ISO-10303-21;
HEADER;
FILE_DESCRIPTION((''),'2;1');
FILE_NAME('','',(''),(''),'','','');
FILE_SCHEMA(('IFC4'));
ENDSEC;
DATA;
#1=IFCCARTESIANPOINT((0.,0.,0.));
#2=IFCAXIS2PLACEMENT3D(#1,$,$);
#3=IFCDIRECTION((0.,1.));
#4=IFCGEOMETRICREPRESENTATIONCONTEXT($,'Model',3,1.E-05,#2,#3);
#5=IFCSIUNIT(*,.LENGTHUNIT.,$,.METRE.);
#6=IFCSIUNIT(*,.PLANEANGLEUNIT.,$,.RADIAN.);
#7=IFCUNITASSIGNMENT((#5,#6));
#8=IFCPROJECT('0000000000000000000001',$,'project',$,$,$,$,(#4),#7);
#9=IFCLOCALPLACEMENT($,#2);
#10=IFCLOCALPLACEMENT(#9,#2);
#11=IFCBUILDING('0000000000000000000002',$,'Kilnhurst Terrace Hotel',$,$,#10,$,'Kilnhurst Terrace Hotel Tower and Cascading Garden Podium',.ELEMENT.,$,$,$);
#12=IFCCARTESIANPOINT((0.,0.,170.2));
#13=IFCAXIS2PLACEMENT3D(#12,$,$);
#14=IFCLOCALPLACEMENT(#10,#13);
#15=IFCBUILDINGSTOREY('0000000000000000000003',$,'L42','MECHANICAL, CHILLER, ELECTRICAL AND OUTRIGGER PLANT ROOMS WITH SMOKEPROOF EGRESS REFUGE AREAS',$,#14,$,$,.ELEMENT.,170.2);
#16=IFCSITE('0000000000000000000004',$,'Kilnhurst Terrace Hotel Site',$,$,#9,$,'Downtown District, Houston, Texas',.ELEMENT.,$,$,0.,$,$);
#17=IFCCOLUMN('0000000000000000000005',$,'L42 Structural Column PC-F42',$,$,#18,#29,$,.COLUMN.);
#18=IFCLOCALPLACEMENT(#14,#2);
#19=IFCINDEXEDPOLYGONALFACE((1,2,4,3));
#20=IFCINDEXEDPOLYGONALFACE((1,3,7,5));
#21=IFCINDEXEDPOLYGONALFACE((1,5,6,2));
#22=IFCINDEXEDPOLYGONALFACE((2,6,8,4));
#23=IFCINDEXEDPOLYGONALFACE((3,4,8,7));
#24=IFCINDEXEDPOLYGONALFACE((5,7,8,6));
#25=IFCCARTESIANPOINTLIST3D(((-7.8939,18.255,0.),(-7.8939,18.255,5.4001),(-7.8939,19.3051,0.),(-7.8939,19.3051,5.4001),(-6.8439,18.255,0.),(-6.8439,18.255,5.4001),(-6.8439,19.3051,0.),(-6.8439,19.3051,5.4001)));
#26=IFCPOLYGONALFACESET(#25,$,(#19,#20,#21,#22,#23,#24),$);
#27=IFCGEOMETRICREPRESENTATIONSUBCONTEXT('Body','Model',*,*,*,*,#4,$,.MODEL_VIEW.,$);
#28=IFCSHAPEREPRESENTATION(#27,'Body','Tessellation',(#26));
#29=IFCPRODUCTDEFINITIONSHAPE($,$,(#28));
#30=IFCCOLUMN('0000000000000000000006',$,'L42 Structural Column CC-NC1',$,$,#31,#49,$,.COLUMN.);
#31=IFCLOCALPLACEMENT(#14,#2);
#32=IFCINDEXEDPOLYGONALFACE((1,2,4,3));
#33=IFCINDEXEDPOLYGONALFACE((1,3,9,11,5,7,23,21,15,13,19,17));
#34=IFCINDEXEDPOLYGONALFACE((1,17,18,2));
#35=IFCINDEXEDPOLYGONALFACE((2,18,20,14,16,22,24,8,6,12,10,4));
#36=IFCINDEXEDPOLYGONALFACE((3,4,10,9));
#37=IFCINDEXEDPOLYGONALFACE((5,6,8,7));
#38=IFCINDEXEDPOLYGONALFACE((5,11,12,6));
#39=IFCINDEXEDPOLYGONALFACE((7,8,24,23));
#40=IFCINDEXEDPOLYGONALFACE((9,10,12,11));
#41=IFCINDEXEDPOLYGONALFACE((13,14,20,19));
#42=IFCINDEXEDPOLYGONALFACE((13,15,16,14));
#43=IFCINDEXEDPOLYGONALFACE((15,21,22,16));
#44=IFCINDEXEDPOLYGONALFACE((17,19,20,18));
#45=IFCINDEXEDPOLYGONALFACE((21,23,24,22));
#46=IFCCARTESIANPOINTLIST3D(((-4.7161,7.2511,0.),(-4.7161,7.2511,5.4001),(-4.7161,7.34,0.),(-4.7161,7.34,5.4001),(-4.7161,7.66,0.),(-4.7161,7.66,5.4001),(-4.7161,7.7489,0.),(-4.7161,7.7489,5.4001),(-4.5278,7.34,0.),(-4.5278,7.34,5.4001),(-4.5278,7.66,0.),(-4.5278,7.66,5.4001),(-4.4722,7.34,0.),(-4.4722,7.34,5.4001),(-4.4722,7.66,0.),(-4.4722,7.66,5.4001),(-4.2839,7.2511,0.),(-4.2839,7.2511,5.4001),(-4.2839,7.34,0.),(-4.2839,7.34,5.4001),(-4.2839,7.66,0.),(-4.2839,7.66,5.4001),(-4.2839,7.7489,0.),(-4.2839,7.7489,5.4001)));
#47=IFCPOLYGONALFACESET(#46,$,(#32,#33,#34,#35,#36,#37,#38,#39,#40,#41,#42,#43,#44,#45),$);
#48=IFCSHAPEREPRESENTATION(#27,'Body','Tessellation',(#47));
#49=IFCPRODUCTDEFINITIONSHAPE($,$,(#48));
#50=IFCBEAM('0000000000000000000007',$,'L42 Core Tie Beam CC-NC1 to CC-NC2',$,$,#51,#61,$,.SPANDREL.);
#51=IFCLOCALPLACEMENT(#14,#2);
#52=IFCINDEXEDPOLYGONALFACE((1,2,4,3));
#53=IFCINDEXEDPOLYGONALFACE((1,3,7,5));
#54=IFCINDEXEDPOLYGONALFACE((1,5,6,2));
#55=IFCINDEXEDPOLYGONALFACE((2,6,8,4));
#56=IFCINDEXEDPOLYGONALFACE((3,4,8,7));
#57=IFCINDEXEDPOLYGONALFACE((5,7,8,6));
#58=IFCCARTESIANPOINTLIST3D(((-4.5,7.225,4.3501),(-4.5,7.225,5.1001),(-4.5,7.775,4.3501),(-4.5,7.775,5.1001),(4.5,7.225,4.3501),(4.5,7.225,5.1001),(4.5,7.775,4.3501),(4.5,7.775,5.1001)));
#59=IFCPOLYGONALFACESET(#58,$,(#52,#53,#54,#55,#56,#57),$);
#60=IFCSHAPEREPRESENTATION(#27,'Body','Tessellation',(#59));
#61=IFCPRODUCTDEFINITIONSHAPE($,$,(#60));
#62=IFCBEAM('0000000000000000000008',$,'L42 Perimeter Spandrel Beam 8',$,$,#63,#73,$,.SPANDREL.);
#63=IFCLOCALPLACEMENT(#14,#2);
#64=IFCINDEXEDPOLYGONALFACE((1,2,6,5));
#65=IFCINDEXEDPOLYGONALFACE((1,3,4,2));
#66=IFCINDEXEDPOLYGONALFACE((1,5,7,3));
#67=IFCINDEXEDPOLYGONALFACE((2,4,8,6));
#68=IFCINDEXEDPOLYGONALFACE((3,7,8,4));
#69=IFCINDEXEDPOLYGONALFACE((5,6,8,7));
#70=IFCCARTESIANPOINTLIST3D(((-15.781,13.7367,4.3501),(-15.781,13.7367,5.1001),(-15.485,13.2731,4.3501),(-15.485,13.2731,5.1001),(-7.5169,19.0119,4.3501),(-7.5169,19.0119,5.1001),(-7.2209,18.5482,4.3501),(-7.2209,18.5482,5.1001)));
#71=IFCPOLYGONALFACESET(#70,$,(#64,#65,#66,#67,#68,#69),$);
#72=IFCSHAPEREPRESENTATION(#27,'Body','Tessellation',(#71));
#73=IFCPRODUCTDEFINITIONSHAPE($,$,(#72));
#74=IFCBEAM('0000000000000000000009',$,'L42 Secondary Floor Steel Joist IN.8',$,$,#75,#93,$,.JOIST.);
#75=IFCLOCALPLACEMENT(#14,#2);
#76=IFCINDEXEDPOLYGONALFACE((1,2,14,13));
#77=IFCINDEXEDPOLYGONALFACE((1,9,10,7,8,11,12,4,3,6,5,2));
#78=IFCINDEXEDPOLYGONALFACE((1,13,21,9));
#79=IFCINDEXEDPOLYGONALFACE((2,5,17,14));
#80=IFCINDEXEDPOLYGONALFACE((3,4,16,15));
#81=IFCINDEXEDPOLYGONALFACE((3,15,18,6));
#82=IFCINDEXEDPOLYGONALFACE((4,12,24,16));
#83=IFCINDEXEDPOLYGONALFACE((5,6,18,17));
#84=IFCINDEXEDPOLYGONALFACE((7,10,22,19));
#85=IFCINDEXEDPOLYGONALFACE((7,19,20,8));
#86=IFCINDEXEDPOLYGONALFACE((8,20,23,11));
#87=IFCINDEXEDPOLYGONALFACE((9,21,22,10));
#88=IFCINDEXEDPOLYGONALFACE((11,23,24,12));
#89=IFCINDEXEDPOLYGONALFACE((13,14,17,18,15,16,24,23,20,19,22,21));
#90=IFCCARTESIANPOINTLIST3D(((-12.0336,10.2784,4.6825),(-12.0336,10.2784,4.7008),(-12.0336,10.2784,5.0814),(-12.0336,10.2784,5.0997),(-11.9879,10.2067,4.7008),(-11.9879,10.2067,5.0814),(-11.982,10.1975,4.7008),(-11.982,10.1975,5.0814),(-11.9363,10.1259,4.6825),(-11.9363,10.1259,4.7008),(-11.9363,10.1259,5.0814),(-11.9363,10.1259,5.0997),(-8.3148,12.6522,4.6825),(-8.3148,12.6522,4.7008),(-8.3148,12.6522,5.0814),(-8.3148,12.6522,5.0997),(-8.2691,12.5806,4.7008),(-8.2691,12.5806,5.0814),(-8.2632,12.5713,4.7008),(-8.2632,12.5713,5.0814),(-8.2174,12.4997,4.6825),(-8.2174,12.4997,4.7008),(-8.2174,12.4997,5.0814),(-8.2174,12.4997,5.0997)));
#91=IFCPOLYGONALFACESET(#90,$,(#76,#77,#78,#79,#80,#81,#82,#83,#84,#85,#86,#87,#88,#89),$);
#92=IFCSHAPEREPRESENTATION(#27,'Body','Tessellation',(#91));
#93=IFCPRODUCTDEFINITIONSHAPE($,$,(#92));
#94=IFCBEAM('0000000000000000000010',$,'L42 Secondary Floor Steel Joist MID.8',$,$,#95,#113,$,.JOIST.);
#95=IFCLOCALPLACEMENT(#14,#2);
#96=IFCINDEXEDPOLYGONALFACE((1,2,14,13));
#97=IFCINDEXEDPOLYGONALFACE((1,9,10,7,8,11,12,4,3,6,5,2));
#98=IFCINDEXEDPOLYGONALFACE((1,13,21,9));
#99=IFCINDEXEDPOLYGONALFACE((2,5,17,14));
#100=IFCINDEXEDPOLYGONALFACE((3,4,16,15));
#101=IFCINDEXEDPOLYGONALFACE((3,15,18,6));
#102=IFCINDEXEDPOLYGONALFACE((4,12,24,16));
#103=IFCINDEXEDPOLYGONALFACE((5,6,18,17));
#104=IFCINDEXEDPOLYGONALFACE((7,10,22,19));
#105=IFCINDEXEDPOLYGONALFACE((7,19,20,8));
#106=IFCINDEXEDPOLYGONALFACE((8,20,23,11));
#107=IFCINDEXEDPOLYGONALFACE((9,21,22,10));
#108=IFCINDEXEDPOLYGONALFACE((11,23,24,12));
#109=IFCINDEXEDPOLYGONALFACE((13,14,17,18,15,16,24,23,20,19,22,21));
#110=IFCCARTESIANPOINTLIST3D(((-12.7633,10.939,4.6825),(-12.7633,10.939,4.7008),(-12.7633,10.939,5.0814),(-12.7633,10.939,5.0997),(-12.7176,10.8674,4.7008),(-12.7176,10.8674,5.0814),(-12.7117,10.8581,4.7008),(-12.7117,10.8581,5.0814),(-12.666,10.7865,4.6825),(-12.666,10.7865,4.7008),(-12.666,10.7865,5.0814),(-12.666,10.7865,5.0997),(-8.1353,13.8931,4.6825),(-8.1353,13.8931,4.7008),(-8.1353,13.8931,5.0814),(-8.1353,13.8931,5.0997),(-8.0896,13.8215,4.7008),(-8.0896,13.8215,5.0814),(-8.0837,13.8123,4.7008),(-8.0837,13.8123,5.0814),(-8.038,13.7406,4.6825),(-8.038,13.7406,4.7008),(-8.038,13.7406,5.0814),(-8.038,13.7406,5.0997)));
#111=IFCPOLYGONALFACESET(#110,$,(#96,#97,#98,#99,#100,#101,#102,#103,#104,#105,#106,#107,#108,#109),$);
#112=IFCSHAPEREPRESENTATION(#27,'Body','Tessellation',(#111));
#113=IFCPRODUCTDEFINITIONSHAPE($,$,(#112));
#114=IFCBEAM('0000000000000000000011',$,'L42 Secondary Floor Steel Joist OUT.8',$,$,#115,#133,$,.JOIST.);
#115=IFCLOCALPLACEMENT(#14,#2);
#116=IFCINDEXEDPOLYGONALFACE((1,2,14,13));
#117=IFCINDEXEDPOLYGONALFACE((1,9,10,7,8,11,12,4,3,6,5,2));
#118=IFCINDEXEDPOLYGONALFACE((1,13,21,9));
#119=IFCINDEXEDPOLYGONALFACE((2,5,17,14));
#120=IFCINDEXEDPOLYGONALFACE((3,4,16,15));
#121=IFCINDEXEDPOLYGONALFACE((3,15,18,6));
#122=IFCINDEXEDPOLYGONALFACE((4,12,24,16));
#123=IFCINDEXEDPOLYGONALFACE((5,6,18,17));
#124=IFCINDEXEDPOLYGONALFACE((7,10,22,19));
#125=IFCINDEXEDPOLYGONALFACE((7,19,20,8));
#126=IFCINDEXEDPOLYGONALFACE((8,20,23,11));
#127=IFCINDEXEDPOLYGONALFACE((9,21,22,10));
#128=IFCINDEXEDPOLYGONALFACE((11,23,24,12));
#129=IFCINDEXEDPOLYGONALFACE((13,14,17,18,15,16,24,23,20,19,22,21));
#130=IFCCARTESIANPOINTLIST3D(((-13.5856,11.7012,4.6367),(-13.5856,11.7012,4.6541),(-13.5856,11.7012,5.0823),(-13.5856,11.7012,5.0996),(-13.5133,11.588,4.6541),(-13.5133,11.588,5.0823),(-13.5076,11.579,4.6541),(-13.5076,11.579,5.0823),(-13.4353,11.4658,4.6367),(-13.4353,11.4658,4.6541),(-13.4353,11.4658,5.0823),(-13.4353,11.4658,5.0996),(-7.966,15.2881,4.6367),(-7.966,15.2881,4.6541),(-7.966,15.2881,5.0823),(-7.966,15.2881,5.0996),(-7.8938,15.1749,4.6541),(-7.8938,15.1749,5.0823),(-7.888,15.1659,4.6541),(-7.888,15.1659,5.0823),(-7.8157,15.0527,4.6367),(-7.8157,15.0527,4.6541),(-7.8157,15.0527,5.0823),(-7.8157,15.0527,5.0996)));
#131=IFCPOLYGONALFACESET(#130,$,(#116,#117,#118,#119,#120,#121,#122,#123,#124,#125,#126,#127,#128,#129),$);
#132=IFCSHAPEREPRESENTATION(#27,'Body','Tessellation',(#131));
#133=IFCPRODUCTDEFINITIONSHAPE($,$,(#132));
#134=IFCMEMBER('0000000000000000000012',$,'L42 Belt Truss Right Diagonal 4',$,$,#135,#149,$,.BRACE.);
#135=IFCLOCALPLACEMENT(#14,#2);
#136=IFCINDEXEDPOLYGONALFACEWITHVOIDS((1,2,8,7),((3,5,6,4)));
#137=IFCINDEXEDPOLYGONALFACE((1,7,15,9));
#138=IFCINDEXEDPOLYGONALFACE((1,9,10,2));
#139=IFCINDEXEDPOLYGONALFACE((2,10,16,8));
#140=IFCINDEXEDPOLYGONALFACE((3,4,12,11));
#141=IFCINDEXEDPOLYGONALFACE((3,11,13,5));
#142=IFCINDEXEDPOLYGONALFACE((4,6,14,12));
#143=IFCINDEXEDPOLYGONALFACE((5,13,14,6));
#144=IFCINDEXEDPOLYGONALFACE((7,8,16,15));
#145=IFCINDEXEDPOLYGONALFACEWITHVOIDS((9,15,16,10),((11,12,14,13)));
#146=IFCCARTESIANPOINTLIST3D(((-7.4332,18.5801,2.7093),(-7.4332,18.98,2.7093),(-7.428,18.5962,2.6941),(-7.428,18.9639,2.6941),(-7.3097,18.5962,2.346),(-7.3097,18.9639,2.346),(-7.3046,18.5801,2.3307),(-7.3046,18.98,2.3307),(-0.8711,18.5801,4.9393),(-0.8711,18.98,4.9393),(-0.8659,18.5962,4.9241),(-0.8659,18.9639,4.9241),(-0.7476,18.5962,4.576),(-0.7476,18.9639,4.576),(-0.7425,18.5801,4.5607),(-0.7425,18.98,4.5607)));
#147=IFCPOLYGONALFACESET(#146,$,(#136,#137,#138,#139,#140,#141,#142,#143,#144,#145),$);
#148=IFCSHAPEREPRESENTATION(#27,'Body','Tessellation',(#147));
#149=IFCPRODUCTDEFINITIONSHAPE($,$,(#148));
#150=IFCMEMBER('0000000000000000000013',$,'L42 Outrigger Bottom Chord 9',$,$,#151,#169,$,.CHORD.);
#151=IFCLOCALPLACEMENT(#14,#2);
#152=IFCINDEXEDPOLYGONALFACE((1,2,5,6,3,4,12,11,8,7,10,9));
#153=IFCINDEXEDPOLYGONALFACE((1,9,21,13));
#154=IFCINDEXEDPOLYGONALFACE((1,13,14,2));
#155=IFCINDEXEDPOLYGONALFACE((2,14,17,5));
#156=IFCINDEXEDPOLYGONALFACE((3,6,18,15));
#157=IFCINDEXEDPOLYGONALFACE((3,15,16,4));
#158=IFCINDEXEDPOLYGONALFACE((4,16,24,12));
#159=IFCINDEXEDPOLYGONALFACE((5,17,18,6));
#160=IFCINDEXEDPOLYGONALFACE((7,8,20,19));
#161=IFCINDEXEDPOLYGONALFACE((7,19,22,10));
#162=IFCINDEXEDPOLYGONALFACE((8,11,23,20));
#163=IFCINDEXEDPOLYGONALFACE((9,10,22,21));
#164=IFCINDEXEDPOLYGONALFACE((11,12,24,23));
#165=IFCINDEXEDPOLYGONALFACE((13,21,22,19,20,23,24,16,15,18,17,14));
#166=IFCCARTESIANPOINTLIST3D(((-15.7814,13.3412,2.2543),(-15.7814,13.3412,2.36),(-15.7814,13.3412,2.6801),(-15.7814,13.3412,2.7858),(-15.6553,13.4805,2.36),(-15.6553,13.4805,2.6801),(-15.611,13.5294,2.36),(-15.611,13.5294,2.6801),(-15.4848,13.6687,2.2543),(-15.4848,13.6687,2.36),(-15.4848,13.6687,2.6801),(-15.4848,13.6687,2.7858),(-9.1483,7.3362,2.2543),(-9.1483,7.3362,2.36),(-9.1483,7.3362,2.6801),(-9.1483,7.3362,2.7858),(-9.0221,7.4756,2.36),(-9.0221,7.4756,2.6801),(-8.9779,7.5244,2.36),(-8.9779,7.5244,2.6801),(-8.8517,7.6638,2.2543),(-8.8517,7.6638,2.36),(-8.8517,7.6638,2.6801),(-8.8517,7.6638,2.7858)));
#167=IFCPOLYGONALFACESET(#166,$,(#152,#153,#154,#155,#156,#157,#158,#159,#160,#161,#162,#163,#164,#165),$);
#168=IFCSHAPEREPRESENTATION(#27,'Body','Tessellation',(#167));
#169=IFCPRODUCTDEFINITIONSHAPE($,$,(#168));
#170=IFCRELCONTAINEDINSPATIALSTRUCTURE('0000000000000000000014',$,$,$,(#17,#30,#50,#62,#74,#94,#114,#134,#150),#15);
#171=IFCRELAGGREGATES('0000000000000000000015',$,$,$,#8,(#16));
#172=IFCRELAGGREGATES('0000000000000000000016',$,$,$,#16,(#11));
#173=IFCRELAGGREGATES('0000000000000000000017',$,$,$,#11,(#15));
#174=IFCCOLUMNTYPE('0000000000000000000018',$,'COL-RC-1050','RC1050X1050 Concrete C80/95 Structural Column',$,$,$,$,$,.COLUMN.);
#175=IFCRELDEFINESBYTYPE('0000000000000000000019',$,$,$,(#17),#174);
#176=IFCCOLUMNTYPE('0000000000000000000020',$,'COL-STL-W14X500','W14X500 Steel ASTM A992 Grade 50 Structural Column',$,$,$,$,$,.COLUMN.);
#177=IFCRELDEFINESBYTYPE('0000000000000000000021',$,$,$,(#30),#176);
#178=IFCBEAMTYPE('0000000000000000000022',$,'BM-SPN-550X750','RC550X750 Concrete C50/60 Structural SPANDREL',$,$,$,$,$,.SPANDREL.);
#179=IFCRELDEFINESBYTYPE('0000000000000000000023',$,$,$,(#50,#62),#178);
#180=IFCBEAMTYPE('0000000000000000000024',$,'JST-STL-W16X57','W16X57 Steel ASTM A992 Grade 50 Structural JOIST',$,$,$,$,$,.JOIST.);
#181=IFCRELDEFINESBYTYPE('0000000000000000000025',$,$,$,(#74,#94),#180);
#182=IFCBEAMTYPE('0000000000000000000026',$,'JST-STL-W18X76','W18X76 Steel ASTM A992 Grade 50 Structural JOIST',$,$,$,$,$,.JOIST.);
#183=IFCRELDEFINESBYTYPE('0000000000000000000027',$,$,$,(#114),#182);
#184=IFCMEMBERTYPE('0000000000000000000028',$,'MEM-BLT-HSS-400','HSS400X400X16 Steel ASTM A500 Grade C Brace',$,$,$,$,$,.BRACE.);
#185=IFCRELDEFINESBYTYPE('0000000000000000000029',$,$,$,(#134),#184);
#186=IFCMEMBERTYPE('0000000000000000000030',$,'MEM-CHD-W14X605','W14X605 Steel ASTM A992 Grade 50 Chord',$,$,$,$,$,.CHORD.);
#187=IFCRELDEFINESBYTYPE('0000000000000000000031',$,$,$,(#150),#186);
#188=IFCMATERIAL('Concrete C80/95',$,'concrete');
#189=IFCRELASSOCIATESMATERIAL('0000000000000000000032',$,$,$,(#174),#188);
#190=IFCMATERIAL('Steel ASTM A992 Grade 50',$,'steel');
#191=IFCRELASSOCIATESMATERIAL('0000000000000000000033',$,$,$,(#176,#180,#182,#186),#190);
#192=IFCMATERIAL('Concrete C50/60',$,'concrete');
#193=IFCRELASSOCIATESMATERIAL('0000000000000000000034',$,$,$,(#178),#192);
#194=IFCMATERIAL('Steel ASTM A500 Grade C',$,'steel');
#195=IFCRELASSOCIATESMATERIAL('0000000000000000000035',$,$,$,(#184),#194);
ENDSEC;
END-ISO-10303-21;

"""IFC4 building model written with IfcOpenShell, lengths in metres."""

from ifc_helpers import new_model, si_unit, direction, frame, origin, origin_2d, place, context, subcontext, project, spatial, rectangle, hollow_rectangle, i_section, extrude, material, material_profile, profile_set, type_object, element, save


model = new_model("IFC4")

# Units and contexts
model_context = context("Model", 3, precision=1e-05, world=origin(), true_north=direction((0.0, 1.0)))
body_context = subcontext(model_context, "Body", "Model", "MODEL_VIEW")
ifc_project = project(units=[si_unit("LENGTHUNIT", "METRE"), si_unit("PLANEANGLEUNIT", "RADIAN")], contexts=[model_context])

# Site, building, storey
site_placement = place(None, origin())
site = spatial("IfcSite", under=ifc_project, at=site_placement, Name="Kilnhurst Terrace Hotel Site", LongName="Downtown District, Houston, Texas", CompositionType="ELEMENT", RefElevation=0.0)
building_placement = place(site_placement, origin())
building = spatial("IfcBuilding", under=site, at=building_placement, Name="Kilnhurst Terrace Hotel", LongName="Kilnhurst Terrace Hotel Tower and Cascading Garden Podium", CompositionType="ELEMENT")
storey_placement = place(building_placement, frame((0.0, 0.0, 170.2)))
storey = spatial("IfcBuildingStorey", under=building, at=storey_placement, Name="L42", Description="MECHANICAL, CHILLER, ELECTRICAL AND OUTRIGGER PLANT ROOMS WITH SMOKEPROOF EGRESS REFUGE AREAS", CompositionType="ELEMENT", Elevation=170.2)

# Columns
ifc_material_1 = material(Name="Concrete C80/95", Category="concrete")
ifc_material_profile_1 = material_profile(ifc_material_1, rectangle(XDim=1.05, YDim=1.05, at=origin_2d()), Name="RC1050X1050")
ifc_profile_set_1 = profile_set([ifc_material_profile_1], Name="Concrete C80/95")
column_type_1 = type_object("IfcColumnType", Name="COL-RC-1050", Description="RC1050X1050 Concrete C80/95 Structural Column", PredefinedType="COLUMN", material=ifc_profile_set_1)
column_1_placement = place(storey_placement, frame((-7.3689, 18.78, 0.0), z_axis=(0.0, 0.0, 1.0), x_axis=(1.0, 0.0, 0.0)))
element("IfcColumn", 1, at=column_1_placement, inside=storey, type_object=column_type_1, Name="L42 Structural Column PC-F42", PredefinedType="COLUMN", context=body_context, shape_type="SweptSolid", body=[
    extrude(rectangle(XDim=1.05, YDim=1.05, at=origin_2d()), origin(), (0.0, 0.0, 1.0), 5.4001),
])
ifc_material_2 = material(Name="Steel ASTM A992 Grade 50", Category="steel")
ifc_material_profile_2 = material_profile(ifc_material_2, i_section(OverallWidth=0.4321, OverallDepth=0.4978, WebThickness=0.0557, FlangeThickness=0.0889, at=origin_2d()), Name="W14X500")
ifc_profile_set_2 = profile_set([ifc_material_profile_2], Name="Steel ASTM A992 Grade 50")
column_type_2 = type_object("IfcColumnType", Name="COL-STL-W14X500", Description="W14X500 Steel ASTM A992 Grade 50 Structural Column", PredefinedType="COLUMN", material=ifc_profile_set_2)
column_2_placement = place(storey_placement, frame((-4.5, 7.5, 0.0), z_axis=(0.0, 0.0, 1.0), x_axis=(1.0, 0.0, 0.0)))
element("IfcColumn", 2, at=column_2_placement, inside=storey, type_object=column_type_2, Name="L42 Structural Column CC-NC1", PredefinedType="COLUMN", context=body_context, shape_type="SweptSolid", body=[
    extrude(i_section(OverallWidth=0.4321, OverallDepth=0.4978, WebThickness=0.0557, FlangeThickness=0.0889, at=origin_2d()), origin(), (0.0, 0.0, 1.0), 5.4001),
])

# Beams
ifc_material_3 = material(Name="Concrete C50/60", Category="concrete")
ifc_material_profile_3 = material_profile(ifc_material_3, rectangle(XDim=0.55, YDim=0.75, at=origin_2d()), Name="RC550X750")
ifc_profile_set_3 = profile_set([ifc_material_profile_3], Name="Concrete C50/60")
beam_type_1 = type_object("IfcBeamType", Name="BM-SPN-550X750", Description="RC550X750 Concrete C50/60 Structural SPANDREL", PredefinedType="SPANDREL", material=ifc_profile_set_3)
beam_1_placement = place(storey_placement, frame((-4.5, 7.5, 4.7251), z_axis=(1.0, 0.0, 0.0), x_axis=(0.0, 1.0, 0.0)))
element("IfcBeam", 3, at=beam_1_placement, inside=storey, type_object=beam_type_1, Name="L42 Core Tie Beam CC-NC1 to CC-NC2", PredefinedType="SPANDREL", context=body_context, shape_type="SweptSolid", body=[
    extrude(rectangle(XDim=0.55, YDim=0.75, at=origin_2d()), origin(), (0.0, 0.0, 1.0), 9.0),
])
beam_2_placement = place(storey_placement, frame((-7.3689, 18.78, 4.7251), z_axis=(-0.842915, -0.538046, 0.0), x_axis=(0.538046, -0.842915, 0.0)))
element("IfcBeam", 4, at=beam_2_placement, inside=storey, type_object=beam_type_1, Name="L42 Perimeter Spandrel Beam 8", PredefinedType="SPANDREL", context=body_context, shape_type="SweptSolid", body=[
    extrude(rectangle(XDim=0.55, YDim=0.75, at=origin_2d()), origin(), (0.0, 0.0, 1.0), 9.8042),
])
ifc_material_profile_4 = material_profile(ifc_material_2, i_section(OverallWidth=0.1809, OverallDepth=0.4172, WebThickness=0.011, FlangeThickness=0.0183, at=origin_2d()), Name="W16X57")
ifc_profile_set_4 = profile_set([ifc_material_profile_4], Name="Steel ASTM A992 Grade 50")
beam_type_2 = type_object("IfcBeamType", Name="JST-STL-W16X57", Description="W16X57 Steel ASTM A992 Grade 50 Structural JOIST", PredefinedType="JOIST", material=ifc_profile_set_4)
beam_3_placement = place(storey_placement, frame((-8.2661, 12.5759, 4.8911), z_axis=(-0.842911, -0.538053, 0.0), x_axis=(0.538053, -0.842911, 0.0)))
element("IfcBeam", 5, at=beam_3_placement, inside=storey, type_object=beam_type_2, Name="L42 Secondary Floor Steel Joist IN.8", PredefinedType="JOIST", context=body_context, shape_type="SweptSolid", body=[
    extrude(i_section(OverallWidth=0.1809, OverallDepth=0.4172, WebThickness=0.011, FlangeThickness=0.0183, at=origin_2d()), origin(), (0.0, 0.0, 1.0), 4.4119),
])
beam_4_placement = place(storey_placement, frame((-8.0867, 13.8169, 4.8911), z_axis=(-0.842914, -0.538049, 0.0), x_axis=(0.538049, -0.842914, 0.0)))
element("IfcBeam", 6, at=beam_4_placement, inside=storey, type_object=beam_type_2, Name="L42 Secondary Floor Steel Joist MID.8", PredefinedType="JOIST", context=body_context, shape_type="SweptSolid", body=[
    extrude(i_section(OverallWidth=0.1809, OverallDepth=0.4172, WebThickness=0.011, FlangeThickness=0.0183, at=origin_2d()), origin(), (0.0, 0.0, 1.0), 5.4905),
])
ifc_material_profile_5 = material_profile(ifc_material_2, i_section(OverallWidth=0.2793, OverallDepth=0.4629, WebThickness=0.0107, FlangeThickness=0.0173, at=origin_2d()), Name="W18X76")
ifc_profile_set_5 = profile_set([ifc_material_profile_5], Name="Steel ASTM A992 Grade 50")
beam_type_3 = type_object("IfcBeamType", Name="JST-STL-W18X76", Description="W18X76 Steel ASTM A992 Grade 50 Structural JOIST", PredefinedType="JOIST", material=ifc_profile_set_5)
beam_5_placement = place(storey_placement, frame((-7.8909, 15.1704, 4.8682), z_axis=(-0.842928, -0.538027, 0.0), x_axis=(0.538027, -0.842928, 0.0)))
element("IfcBeam", 7, at=beam_5_placement, inside=storey, type_object=beam_type_3, Name="L42 Secondary Floor Steel Joist OUT.8", PredefinedType="JOIST", context=body_context, shape_type="SweptSolid", body=[
    extrude(i_section(OverallWidth=0.2793, OverallDepth=0.4629, WebThickness=0.0107, FlangeThickness=0.0173, at=origin_2d()), origin(), (0.0, 0.0, 1.0), 6.6667),
])

# Members
ifc_material_4 = material(Name="Steel ASTM A500 Grade C", Category="steel")
ifc_material_profile_6 = material_profile(ifc_material_4, hollow_rectangle(XDim=0.3999, YDim=0.3999, WallThickness=0.0161, at=origin_2d()), Name="HSS400X400X16")
ifc_profile_set_6 = profile_set([ifc_material_profile_6], Name="Steel ASTM A500 Grade C")
member_type_1 = type_object("IfcMemberType", Name="MEM-BLT-HSS-400", Description="HSS400X400X16 Steel ASTM A500 Grade C Brace", PredefinedType="BRACE", material=ifc_profile_set_6)
member_1_placement = place(storey_placement, frame((-7.3689, 18.78, 2.52), z_axis=(0.946821, 0.0, 0.32176), x_axis=(0.0, 1.0, 0.0)))
element("IfcMember", 8, at=member_1_placement, inside=storey, type_object=member_type_1, Name="L42 Belt Truss Right Diagonal 4", PredefinedType="BRACE", context=body_context, shape_type="SweptSolid", body=[
    extrude(hollow_rectangle(XDim=0.3999, YDim=0.3999, WallThickness=0.0161, at=origin_2d()), origin(), (0.0, 0.0, 1.0), 6.9307),
])
ifc_material_profile_7 = material_profile(ifc_material_2, i_section(OverallWidth=0.4419, OverallDepth=0.5315, WebThickness=0.0659, FlangeThickness=0.1057, at=origin_2d()), Name="W14X605")
ifc_profile_set_7 = profile_set([ifc_material_profile_7], Name="Steel ASTM A992 Grade 50")
member_type_2 = type_object("IfcMemberType", Name="MEM-CHD-W14X605", Description="W14X605 Steel ASTM A992 Grade 50 Chord", PredefinedType="CHORD", material=ifc_profile_set_7)
member_2_placement = place(storey_placement, frame((-9.0, 7.5, 2.52), z_axis=(-0.741339, 0.671131, 0.0), x_axis=(-0.671131, -0.741339, 0.0)))
element("IfcMember", 9, at=member_2_placement, inside=storey, type_object=member_type_2, Name="L42 Outrigger Bottom Chord 9", PredefinedType="CHORD", context=body_context, shape_type="SweptSolid", body=[
    extrude(i_section(OverallWidth=0.4419, OverallDepth=0.5315, WebThickness=0.0659, FlangeThickness=0.1057, at=origin_2d()), origin(), (0.0, 0.0, 1.0), 8.9475),
])

save(model, "model.ifc")
